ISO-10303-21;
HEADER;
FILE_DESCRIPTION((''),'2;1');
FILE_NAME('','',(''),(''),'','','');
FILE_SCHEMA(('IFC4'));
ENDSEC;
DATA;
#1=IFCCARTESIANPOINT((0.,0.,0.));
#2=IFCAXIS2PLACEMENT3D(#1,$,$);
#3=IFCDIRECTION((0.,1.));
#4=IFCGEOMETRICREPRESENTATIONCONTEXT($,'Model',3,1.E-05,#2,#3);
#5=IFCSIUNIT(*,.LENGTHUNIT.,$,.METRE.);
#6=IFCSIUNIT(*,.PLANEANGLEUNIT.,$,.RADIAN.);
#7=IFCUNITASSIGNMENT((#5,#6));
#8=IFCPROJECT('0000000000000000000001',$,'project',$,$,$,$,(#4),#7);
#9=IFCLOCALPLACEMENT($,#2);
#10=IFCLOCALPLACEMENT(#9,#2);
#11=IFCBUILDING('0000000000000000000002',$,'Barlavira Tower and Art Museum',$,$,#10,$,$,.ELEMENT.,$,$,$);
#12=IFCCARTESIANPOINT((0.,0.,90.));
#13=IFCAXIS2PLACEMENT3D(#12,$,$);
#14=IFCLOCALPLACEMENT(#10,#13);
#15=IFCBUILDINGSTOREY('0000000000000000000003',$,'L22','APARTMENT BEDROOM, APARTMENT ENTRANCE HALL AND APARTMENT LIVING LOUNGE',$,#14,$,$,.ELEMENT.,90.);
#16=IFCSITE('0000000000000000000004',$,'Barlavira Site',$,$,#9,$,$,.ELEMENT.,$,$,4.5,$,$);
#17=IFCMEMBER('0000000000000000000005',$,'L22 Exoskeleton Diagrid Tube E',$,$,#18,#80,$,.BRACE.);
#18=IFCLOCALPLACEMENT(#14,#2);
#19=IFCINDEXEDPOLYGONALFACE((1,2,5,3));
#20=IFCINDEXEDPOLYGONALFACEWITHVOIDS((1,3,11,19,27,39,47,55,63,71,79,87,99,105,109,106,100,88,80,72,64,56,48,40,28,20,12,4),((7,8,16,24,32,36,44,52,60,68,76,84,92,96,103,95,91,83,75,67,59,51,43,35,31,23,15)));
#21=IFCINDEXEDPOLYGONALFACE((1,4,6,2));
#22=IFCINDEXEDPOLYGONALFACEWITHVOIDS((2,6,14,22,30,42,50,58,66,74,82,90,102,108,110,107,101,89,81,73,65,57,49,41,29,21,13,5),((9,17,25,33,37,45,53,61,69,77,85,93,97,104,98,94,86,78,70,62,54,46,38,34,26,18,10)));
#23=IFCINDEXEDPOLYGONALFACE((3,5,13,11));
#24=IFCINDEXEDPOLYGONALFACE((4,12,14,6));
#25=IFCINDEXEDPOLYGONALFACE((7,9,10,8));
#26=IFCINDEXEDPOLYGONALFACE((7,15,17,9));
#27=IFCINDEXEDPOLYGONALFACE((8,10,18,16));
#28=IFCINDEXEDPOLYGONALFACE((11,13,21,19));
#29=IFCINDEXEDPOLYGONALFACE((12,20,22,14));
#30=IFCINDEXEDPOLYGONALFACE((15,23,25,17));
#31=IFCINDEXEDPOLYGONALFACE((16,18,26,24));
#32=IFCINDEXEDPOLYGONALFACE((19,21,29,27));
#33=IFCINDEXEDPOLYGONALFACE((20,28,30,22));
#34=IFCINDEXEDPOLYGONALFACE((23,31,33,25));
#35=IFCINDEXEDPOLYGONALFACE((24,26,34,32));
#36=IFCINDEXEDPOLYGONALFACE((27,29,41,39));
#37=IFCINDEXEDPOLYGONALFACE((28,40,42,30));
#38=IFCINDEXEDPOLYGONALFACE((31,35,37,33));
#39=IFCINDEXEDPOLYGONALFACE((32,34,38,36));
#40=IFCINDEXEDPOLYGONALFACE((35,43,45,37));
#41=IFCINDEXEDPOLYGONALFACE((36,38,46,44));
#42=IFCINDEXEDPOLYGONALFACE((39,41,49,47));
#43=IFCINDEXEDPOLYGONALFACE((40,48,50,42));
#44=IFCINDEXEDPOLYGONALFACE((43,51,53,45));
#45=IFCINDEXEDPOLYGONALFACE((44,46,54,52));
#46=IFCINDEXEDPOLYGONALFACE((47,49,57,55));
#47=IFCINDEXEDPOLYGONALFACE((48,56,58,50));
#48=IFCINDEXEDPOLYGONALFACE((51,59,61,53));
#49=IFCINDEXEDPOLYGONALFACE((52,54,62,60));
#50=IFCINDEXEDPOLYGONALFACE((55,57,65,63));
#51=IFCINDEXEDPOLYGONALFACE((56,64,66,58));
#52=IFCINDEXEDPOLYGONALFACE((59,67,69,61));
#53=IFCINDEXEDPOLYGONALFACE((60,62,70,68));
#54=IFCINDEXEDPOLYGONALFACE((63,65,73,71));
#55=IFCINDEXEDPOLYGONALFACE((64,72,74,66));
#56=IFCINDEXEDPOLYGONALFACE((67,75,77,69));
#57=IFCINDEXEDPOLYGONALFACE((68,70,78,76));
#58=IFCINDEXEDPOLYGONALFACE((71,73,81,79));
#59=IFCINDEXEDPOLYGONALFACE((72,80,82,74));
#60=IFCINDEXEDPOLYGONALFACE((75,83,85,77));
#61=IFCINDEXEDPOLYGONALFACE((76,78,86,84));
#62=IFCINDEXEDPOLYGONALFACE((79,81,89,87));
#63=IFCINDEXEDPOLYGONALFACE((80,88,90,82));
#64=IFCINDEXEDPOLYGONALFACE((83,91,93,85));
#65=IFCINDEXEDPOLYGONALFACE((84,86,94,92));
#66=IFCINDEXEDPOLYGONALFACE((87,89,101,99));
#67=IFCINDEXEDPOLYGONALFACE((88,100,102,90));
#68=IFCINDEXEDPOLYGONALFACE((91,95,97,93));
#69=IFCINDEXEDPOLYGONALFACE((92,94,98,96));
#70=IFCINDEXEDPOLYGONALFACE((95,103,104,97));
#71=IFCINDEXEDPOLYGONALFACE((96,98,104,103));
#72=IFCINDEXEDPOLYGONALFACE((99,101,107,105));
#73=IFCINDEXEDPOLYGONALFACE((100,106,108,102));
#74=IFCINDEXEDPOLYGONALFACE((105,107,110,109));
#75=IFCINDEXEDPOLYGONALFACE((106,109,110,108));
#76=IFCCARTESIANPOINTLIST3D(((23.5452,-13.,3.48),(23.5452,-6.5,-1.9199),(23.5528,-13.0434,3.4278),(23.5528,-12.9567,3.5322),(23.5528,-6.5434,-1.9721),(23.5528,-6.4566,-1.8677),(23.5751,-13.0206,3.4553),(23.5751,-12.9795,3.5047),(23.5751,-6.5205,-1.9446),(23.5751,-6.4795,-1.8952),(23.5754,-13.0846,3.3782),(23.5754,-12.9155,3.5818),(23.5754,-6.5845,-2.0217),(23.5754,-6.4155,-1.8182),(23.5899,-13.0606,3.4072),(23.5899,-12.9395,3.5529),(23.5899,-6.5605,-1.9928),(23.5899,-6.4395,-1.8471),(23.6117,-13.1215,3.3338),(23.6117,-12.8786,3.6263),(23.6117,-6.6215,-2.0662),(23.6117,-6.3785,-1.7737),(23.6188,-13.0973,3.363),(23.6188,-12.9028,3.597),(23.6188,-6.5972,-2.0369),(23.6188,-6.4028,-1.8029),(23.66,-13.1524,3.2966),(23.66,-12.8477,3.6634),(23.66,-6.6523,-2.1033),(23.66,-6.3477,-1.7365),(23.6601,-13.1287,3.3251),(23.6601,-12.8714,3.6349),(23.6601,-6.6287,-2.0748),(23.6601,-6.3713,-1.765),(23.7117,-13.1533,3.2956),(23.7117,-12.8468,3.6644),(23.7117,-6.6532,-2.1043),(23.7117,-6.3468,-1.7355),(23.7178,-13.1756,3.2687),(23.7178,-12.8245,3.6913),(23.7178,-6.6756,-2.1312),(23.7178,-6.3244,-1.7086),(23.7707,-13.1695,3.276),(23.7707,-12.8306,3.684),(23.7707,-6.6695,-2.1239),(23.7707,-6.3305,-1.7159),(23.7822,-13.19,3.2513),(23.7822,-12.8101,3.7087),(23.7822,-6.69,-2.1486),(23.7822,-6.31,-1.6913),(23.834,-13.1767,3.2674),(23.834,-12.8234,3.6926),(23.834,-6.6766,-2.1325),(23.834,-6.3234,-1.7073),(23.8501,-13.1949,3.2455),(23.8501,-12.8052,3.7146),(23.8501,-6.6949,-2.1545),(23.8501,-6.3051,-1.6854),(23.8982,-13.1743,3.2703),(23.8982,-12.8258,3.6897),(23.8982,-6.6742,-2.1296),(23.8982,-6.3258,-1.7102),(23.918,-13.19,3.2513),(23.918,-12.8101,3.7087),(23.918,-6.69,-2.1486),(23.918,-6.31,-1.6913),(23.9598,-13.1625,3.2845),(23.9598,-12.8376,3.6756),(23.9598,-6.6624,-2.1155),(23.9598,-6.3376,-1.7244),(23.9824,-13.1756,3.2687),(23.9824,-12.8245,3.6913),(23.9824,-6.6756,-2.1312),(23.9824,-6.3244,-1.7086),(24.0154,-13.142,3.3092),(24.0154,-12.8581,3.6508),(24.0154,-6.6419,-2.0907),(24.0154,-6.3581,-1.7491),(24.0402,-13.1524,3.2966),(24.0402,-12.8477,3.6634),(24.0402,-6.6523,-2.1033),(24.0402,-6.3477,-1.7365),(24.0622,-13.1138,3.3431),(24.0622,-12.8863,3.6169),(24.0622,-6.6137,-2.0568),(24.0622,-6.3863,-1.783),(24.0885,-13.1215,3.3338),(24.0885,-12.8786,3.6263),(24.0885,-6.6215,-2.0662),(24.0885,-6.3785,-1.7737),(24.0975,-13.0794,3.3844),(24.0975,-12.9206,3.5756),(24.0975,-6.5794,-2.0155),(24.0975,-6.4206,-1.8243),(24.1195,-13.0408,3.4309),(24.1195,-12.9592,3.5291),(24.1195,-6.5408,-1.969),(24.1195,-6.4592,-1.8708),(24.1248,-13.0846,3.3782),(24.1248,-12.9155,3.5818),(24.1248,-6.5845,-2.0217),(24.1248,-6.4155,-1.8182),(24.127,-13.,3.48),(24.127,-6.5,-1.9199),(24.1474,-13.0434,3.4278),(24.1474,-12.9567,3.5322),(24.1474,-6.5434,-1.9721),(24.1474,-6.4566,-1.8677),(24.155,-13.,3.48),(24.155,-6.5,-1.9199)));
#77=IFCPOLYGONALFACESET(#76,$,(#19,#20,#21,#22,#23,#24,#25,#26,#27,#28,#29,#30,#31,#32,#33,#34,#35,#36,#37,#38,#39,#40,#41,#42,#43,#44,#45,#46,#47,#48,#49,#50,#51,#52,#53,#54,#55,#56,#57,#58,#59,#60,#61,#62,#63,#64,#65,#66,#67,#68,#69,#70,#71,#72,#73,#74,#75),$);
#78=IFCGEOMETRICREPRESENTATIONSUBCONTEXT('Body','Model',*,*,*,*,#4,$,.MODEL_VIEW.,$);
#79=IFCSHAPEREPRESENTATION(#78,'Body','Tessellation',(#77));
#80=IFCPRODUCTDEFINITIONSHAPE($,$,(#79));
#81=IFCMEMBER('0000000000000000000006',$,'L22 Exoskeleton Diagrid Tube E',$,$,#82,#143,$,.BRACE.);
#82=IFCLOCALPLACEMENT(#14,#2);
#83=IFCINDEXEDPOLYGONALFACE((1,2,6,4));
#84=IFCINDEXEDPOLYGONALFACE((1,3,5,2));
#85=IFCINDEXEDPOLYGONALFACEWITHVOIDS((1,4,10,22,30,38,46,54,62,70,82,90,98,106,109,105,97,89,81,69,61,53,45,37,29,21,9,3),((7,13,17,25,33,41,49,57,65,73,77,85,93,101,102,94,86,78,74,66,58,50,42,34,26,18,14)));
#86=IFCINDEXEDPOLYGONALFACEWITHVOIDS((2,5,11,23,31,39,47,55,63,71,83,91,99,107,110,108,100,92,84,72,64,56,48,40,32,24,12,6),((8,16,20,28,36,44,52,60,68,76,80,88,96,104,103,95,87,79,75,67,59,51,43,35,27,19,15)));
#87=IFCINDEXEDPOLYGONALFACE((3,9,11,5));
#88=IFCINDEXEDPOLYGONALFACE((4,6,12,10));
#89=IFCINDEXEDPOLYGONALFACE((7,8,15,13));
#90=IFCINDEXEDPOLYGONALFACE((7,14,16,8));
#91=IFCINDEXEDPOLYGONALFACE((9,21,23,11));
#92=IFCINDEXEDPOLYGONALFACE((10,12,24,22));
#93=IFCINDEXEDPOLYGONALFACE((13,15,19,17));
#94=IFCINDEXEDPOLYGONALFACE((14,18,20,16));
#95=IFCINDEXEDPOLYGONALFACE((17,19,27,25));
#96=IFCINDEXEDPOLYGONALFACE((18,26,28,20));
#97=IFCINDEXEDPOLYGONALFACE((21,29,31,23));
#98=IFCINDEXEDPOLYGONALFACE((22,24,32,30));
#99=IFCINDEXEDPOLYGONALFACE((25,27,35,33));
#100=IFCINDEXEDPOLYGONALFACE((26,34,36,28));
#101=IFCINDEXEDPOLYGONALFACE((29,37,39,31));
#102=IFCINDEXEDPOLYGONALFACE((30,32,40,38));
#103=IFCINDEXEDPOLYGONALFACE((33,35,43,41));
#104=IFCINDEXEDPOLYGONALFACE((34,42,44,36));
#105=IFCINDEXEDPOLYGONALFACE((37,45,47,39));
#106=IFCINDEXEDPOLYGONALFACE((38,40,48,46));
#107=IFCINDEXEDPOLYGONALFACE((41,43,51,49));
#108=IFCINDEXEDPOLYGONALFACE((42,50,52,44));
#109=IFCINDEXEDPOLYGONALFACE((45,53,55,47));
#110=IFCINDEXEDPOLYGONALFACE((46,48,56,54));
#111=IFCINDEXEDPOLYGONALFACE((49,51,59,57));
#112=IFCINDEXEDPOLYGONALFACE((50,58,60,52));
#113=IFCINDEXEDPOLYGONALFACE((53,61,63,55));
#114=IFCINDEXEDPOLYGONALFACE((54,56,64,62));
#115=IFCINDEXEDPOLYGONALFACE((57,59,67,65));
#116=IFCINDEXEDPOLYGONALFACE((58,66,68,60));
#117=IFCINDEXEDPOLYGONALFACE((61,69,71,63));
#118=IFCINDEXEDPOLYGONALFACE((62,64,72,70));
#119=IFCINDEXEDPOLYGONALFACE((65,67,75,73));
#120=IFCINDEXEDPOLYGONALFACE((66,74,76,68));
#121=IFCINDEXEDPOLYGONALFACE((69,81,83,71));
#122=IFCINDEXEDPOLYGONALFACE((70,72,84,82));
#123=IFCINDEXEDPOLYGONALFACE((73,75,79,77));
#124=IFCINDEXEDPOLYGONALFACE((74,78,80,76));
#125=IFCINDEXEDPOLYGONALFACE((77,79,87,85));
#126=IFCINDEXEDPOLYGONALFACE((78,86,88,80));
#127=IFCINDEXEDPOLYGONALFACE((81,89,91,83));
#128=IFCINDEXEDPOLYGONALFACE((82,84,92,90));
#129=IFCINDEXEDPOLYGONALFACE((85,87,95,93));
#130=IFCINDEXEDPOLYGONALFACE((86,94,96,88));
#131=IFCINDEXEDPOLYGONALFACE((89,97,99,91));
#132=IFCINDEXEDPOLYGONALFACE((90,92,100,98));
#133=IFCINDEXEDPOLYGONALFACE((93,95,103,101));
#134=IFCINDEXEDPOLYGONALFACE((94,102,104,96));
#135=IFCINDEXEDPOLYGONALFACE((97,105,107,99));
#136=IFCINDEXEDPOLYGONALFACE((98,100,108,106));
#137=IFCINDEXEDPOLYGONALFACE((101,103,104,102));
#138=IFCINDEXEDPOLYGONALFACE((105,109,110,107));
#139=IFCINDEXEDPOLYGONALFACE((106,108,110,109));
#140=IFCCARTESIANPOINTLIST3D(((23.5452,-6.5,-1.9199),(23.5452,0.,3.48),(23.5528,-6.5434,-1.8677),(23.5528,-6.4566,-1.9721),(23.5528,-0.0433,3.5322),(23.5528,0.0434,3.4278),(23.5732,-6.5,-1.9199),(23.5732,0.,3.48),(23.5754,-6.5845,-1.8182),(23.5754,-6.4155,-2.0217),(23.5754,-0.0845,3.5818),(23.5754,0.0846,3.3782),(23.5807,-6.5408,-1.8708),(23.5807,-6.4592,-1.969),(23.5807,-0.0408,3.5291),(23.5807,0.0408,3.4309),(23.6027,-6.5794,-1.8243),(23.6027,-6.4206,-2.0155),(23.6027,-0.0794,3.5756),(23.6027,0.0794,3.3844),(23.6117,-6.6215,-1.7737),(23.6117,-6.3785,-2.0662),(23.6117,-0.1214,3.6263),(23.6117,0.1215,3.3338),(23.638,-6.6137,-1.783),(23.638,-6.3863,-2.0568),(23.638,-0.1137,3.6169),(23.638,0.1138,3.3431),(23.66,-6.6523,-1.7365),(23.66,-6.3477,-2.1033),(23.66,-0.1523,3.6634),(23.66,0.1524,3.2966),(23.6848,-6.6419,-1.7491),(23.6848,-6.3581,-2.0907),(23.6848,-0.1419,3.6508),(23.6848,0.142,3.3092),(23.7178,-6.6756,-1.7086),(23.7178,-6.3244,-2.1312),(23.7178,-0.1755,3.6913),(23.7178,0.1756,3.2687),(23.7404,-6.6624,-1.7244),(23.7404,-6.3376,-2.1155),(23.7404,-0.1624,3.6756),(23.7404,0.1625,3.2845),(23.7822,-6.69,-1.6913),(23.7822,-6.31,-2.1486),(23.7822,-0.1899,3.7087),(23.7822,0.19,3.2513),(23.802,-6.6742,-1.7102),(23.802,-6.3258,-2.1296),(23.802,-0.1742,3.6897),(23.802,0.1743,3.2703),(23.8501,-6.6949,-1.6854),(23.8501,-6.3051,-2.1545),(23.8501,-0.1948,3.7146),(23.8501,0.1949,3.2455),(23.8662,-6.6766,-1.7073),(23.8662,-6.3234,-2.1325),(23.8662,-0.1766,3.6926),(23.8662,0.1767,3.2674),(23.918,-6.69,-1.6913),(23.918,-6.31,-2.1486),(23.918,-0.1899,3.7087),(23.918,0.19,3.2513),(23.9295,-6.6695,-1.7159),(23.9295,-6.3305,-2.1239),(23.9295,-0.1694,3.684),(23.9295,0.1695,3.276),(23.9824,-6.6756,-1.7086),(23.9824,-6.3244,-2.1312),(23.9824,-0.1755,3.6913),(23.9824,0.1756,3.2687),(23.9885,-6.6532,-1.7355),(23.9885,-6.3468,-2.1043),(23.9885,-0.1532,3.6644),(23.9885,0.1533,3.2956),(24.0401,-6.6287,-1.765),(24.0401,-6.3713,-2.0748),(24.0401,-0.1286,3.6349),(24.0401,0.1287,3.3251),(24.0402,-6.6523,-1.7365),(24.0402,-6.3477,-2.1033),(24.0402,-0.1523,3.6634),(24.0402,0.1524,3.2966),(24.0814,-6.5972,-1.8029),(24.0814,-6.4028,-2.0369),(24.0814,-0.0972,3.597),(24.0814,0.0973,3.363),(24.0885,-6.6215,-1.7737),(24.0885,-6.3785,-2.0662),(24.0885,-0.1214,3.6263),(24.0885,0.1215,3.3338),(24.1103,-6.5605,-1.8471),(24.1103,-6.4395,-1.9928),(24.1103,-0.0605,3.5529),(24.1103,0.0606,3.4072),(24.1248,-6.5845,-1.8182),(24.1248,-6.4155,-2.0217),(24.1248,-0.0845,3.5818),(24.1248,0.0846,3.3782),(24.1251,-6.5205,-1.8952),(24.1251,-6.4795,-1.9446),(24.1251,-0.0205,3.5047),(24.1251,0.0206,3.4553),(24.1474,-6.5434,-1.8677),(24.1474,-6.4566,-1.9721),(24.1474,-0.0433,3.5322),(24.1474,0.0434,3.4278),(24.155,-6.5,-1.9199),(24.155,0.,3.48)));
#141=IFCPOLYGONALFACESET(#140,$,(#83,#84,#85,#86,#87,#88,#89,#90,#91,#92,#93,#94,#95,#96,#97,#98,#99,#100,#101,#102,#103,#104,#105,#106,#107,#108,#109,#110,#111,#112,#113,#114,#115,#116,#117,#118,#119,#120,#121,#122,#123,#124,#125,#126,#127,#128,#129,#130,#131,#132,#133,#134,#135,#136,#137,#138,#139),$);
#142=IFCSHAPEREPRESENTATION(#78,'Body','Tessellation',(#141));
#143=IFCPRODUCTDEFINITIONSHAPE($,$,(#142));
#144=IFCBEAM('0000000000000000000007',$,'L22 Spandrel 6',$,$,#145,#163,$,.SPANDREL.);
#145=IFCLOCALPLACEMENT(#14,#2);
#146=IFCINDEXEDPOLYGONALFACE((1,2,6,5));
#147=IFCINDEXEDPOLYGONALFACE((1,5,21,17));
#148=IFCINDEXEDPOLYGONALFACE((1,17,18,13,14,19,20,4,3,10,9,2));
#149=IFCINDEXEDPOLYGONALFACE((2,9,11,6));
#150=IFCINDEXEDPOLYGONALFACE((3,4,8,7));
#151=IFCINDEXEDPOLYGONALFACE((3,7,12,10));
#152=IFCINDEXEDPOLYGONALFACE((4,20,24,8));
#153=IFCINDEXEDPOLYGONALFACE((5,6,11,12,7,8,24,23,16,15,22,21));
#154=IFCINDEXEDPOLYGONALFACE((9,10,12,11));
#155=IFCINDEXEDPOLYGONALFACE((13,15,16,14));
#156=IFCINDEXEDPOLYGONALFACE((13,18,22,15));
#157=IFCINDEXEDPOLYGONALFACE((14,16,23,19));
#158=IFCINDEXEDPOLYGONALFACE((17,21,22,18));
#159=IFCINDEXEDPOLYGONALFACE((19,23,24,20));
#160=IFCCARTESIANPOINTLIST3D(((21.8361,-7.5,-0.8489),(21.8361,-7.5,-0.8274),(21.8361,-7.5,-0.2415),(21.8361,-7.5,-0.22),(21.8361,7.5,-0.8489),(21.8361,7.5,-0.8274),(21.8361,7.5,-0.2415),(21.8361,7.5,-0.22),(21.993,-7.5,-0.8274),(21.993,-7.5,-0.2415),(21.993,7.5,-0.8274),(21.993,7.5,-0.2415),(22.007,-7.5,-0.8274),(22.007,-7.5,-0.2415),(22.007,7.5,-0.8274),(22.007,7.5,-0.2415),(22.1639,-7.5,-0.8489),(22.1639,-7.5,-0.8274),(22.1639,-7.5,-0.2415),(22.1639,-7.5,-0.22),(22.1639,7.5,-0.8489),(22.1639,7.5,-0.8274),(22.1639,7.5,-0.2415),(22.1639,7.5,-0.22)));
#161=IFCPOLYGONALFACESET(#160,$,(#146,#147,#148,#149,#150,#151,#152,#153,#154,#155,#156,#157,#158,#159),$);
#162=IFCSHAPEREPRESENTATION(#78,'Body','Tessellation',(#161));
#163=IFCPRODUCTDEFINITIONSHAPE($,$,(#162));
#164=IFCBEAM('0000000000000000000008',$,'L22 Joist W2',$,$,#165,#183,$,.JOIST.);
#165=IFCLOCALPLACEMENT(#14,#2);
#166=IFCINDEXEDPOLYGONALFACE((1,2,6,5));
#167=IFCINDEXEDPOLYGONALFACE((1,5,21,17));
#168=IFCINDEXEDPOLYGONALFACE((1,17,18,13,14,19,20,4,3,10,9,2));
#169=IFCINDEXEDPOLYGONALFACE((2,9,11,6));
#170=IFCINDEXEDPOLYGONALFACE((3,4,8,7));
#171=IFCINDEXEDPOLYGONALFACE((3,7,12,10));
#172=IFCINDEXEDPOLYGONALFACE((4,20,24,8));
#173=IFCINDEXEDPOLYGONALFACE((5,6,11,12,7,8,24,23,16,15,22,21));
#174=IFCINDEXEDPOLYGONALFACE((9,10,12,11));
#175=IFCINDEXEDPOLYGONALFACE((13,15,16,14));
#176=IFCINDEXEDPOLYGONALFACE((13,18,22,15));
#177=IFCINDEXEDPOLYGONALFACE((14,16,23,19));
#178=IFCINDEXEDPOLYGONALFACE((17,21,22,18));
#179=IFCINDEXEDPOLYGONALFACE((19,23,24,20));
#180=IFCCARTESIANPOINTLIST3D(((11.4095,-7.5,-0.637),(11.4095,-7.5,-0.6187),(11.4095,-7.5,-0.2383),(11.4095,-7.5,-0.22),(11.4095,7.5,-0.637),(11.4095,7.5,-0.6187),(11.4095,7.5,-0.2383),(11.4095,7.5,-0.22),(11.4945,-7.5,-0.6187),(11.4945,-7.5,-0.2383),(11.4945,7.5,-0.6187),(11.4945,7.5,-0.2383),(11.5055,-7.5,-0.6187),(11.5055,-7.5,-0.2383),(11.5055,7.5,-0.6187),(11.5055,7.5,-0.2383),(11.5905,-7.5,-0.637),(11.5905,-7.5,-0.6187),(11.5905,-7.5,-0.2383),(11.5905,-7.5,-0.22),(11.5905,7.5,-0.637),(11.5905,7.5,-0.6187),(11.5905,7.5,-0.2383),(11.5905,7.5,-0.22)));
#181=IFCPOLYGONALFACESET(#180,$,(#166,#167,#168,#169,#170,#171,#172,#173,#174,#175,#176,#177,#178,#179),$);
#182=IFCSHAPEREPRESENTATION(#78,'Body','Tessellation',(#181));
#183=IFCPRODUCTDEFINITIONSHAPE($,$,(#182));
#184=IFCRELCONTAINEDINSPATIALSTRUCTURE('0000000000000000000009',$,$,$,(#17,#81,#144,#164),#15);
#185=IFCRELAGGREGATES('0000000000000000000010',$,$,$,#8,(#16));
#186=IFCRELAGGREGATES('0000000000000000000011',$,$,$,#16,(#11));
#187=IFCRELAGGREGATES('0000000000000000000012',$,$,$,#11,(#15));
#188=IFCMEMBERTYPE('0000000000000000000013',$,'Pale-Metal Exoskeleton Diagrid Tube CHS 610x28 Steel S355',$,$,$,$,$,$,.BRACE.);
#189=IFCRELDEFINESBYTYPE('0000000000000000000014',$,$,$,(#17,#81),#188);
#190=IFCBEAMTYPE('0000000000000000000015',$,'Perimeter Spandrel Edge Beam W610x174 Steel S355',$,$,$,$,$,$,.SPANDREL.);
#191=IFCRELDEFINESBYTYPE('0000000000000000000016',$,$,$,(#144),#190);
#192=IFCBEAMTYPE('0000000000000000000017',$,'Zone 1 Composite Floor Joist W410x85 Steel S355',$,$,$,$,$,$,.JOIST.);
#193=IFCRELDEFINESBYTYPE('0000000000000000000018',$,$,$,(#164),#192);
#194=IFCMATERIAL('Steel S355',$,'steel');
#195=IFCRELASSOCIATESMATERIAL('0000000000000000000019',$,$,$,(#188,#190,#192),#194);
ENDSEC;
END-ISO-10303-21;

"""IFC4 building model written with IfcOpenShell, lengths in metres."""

from ifc_helpers import new_model, si_unit, direction, frame, origin, origin_2d, place, context, subcontext, project, spatial, hollow_circle, i_section, extrude, material, material_profile, profile_set, type_object, element, save


model = new_model("IFC4")

# Units and contexts
model_context = context("Model", 3, precision=1e-05, world=origin(), true_north=direction((0.0, 1.0)))
body_context = subcontext(model_context, "Body", "Model", "MODEL_VIEW")
ifc_project = project(units=[si_unit("LENGTHUNIT", "METRE"), si_unit("PLANEANGLEUNIT", "RADIAN")], contexts=[model_context])

# Site, building, storey
site_placement = place(None, origin())
site = spatial("IfcSite", under=ifc_project, at=site_placement, Name="Barlavira Site", CompositionType="ELEMENT", RefElevation=4.5)
building_placement = place(site_placement, origin())
building = spatial("IfcBuilding", under=site, at=building_placement, Name="Barlavira Tower and Art Museum", CompositionType="ELEMENT")
storey_placement = place(building_placement, frame((0.0, 0.0, 90.0)))
storey = spatial("IfcBuildingStorey", under=building, at=storey_placement, Name="L22", Description="APARTMENT BEDROOM, APARTMENT ENTRANCE HALL AND APARTMENT LIVING LOUNGE", CompositionType="ELEMENT", Elevation=90.0)

# Members
ifc_material_1 = material(Name="Steel S355", Category="steel")
ifc_material_profile_1 = material_profile(ifc_material_1, hollow_circle(Radius=0.3049, WallThickness=0.0281, at=origin_2d()), Name="CHS 610.0x28.0")
ifc_profile_set_1 = profile_set([ifc_material_profile_1], Name="Steel S355")
member_type_1 = type_object("IfcMemberType", Name="Pale-Metal Exoskeleton Diagrid Tube CHS 610x28 Steel S355", PredefinedType="BRACE", material=ifc_profile_set_1)
for number, where, z_axis, x_axis, name in (
    (1, (23.8501, -6.5, -1.9199), (0.0, -0.769196, 0.639013), (1.0, 0.0, 0.0), "L22 Exoskeleton Diagrid Tube E"),
    (2, (23.8501, -6.5, -1.9199), (0.0, 0.769196, 0.639013), (-1.0, 0.0, 0.0), "L22 Exoskeleton Diagrid Tube E"),
):
    element("IfcMember", number, at=place(storey_placement, frame(where, z_axis=z_axis, x_axis=x_axis)), inside=storey, type_object=member_type_1, Name=name, PredefinedType="BRACE", context=body_context, shape_type="SweptSolid", body=[
        extrude(hollow_circle(Radius=0.3049, WallThickness=0.0281, at=origin_2d()), origin(), (0.0, 0.0, 1.0), 8.4504),
    ])

# Beams
ifc_material_profile_2 = material_profile(ifc_material_1, i_section(OverallWidth=0.3279, OverallDepth=0.6289, WebThickness=0.0139, FlangeThickness=0.0215, at=origin_2d()), Name="W610x174.0")
ifc_profile_set_2 = profile_set([ifc_material_profile_2], Name="Steel S355")
beam_type_1 = type_object("IfcBeamType", Name="Perimeter Spandrel Edge Beam W610x174 Steel S355", PredefinedType="SPANDREL", material=ifc_profile_set_2)
beam_1_placement = place(storey_placement, frame((22.0, -7.5, -0.5344), z_axis=(0.0, 1.0, 0.0), x_axis=(-1.0, 0.0, 0.0)))
element("IfcBeam", 3, at=beam_1_placement, inside=storey, type_object=beam_type_1, Name="L22 Spandrel 6", PredefinedType="SPANDREL", context=body_context, shape_type="SweptSolid", body=[
    extrude(i_section(OverallWidth=0.3279, OverallDepth=0.6289, WebThickness=0.0139, FlangeThickness=0.0215, at=origin_2d()), origin(), (0.0, 0.0, 1.0), 15.0),
])
ifc_material_profile_3 = material_profile(ifc_material_1, i_section(OverallWidth=0.1809, OverallDepth=0.417, WebThickness=0.011, FlangeThickness=0.0183, at=origin_2d()), Name="W410x85.0")
ifc_profile_set_3 = profile_set([ifc_material_profile_3], Name="Steel S355")
beam_type_2 = type_object("IfcBeamType", Name="Zone 1 Composite Floor Joist W410x85 Steel S355", PredefinedType="JOIST", material=ifc_profile_set_3)
beam_2_placement = place(storey_placement, frame((11.5, -7.5, -0.4285), z_axis=(0.0, 1.0, 0.0), x_axis=(-1.0, 0.0, 0.0)))
element("IfcBeam", 4, at=beam_2_placement, inside=storey, type_object=beam_type_2, Name="L22 Joist W2", PredefinedType="JOIST", context=body_context, shape_type="SweptSolid", body=[
    extrude(i_section(OverallWidth=0.1809, OverallDepth=0.417, WebThickness=0.011, FlangeThickness=0.0183, at=origin_2d()), origin(), (0.0, 0.0, 1.0), 15.0),
])

save(model, "model.ifc")
